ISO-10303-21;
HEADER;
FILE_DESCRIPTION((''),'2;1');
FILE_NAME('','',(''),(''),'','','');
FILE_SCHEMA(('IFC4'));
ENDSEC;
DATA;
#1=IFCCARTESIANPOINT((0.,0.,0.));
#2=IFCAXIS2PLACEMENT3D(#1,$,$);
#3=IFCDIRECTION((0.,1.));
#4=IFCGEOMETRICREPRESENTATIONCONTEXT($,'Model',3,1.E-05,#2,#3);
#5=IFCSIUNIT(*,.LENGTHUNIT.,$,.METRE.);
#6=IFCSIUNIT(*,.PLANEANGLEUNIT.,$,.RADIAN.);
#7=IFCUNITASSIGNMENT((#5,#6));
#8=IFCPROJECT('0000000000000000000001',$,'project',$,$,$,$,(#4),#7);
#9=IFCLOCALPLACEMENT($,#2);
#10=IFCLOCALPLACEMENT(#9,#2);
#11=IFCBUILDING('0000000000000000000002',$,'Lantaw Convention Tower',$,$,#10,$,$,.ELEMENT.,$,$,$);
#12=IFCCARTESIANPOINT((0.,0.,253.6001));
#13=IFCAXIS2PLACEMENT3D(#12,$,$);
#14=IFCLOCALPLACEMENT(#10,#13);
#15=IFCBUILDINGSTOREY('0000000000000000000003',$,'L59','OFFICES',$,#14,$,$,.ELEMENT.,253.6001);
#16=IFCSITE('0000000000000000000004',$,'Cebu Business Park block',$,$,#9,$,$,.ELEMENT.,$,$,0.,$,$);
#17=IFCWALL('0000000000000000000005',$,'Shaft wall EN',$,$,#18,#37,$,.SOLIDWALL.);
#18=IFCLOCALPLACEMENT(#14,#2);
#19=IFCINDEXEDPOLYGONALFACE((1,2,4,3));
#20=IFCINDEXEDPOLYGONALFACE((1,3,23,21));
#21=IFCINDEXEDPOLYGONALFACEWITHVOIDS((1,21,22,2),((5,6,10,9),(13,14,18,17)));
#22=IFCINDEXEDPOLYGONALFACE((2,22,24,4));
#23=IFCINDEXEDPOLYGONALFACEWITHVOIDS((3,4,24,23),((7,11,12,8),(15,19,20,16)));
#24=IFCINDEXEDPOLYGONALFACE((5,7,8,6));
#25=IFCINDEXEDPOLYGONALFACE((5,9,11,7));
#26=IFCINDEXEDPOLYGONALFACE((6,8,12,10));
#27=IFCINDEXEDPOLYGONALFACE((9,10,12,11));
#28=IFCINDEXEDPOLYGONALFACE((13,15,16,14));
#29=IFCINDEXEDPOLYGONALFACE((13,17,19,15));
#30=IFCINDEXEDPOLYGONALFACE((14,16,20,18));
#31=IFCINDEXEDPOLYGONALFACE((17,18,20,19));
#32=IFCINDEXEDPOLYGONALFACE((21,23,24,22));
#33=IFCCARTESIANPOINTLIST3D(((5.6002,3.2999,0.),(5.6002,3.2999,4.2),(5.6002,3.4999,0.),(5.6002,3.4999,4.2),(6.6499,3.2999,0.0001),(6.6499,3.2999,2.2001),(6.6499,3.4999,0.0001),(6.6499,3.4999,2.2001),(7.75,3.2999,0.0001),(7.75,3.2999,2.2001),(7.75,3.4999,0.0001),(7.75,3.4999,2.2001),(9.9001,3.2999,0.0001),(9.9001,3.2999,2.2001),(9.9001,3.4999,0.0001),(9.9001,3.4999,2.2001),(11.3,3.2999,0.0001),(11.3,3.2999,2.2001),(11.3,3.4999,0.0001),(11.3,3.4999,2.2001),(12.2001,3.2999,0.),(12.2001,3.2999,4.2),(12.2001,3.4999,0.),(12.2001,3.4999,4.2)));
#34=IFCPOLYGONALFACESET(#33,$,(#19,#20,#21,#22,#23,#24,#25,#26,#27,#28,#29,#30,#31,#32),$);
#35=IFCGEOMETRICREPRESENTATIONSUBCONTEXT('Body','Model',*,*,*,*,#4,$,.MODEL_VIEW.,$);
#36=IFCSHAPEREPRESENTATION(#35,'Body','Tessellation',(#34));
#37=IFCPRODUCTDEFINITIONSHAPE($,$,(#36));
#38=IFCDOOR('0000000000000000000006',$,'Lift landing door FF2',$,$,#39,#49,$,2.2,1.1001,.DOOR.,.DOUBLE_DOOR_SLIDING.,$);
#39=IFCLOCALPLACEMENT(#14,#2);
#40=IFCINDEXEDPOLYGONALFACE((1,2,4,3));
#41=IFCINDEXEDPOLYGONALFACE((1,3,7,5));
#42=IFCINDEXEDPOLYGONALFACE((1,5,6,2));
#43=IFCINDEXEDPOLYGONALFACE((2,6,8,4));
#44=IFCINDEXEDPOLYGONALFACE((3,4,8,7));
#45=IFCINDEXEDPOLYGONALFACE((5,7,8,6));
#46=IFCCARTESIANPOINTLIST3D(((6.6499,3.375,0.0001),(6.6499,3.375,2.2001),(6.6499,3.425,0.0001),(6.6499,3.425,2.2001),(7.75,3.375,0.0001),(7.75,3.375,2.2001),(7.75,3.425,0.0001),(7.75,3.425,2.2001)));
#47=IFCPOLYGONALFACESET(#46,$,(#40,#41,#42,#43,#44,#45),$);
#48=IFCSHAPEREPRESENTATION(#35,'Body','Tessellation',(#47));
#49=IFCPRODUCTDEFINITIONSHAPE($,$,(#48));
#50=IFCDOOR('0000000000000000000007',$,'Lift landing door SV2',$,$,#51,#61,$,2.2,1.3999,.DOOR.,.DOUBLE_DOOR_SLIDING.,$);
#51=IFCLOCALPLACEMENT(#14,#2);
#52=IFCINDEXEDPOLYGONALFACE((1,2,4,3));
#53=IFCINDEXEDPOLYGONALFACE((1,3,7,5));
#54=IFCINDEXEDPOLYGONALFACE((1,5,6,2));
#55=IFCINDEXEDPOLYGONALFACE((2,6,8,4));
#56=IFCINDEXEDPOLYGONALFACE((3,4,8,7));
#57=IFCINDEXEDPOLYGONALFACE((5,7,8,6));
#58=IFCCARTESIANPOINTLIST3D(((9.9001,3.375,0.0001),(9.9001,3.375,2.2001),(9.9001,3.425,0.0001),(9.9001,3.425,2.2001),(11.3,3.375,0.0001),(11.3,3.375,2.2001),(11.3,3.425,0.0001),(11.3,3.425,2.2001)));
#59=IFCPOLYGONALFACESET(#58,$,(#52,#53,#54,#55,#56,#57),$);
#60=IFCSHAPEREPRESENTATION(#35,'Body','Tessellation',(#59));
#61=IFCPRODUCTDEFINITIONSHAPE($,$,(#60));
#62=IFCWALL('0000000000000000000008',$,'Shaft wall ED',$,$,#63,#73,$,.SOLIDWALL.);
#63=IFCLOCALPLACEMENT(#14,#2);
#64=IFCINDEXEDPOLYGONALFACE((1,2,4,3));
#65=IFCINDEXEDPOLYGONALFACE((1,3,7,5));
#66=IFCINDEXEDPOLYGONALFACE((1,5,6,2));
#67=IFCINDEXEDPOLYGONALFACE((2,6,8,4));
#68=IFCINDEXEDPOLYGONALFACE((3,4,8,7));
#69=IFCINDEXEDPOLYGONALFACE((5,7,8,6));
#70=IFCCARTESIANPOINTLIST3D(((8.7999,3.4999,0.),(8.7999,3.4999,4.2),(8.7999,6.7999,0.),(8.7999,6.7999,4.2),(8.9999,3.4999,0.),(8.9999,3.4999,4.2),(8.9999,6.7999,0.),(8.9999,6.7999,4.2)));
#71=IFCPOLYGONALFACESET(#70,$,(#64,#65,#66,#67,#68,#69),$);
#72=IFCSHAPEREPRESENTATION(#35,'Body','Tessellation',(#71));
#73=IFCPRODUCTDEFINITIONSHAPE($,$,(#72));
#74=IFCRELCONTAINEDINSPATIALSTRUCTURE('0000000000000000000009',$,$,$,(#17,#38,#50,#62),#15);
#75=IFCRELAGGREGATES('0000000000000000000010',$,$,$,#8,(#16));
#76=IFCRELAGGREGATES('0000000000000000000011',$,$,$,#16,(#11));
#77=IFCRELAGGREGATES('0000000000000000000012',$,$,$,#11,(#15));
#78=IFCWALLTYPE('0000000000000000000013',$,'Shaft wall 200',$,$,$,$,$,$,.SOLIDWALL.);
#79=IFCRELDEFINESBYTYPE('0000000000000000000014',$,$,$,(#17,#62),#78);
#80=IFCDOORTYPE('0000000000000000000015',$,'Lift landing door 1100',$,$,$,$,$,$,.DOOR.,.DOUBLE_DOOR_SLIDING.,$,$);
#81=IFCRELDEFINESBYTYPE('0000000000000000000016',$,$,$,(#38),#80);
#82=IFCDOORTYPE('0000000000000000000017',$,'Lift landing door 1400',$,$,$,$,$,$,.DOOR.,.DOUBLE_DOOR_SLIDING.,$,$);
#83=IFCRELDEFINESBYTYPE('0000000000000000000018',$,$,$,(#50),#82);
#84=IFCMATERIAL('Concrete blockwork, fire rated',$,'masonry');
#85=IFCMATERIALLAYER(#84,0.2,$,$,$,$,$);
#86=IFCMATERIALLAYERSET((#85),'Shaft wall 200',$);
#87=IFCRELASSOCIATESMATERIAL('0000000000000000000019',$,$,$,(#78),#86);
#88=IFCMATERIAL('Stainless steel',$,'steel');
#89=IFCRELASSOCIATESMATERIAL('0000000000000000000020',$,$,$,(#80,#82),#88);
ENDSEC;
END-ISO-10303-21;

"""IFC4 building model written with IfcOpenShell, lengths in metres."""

from ifc_helpers import new_model, si_unit, direction, frame, frame_2d, origin, place, context, subcontext, project, spatial, rectangle, extrude, material, layer, layer_set, type_object, element, fill, save


model = new_model("IFC4")

# Units and contexts
model_context = context("Model", 3, precision=1e-05, world=origin(), true_north=direction((0.0, 1.0)))
body_context = subcontext(model_context, "Body", "Model", "MODEL_VIEW")
ifc_project = project(units=[si_unit("LENGTHUNIT", "METRE"), si_unit("PLANEANGLEUNIT", "RADIAN")], contexts=[model_context])

# Site, building, storey
site_placement = place(None, origin())
site = spatial("IfcSite", under=ifc_project, at=site_placement, Name="Cebu Business Park block", CompositionType="ELEMENT", RefElevation=0.0)
building_placement = place(site_placement, origin())
building = spatial("IfcBuilding", under=site, at=building_placement, Name="Lantaw Convention Tower", CompositionType="ELEMENT")
storey_placement = place(building_placement, frame((0.0, 0.0, 253.6001)))
storey = spatial("IfcBuildingStorey", under=building, at=storey_placement, Name="L59", Description="OFFICES", CompositionType="ELEMENT", Elevation=253.6001)

# Wall, openings, doors
ifc_material_1 = material(Name="Concrete blockwork, fire rated", Category="masonry")
ifc_layer_1 = layer(ifc_material_1, 0.2)
ifc_layer_set_1 = layer_set([ifc_layer_1], Name="Shaft wall 200")
wall_type_1 = type_object("IfcWallType", Name="Shaft wall 200", PredefinedType="SOLIDWALL", material=ifc_layer_set_1)
wall_1_placement = place(storey_placement, frame((12.2, 3.3999, 0.0), z_axis=(0.0, 0.0, 1.0), x_axis=(-1.0, 0.0, 0.0)))
wall_1 = element("IfcWall", 1, at=wall_1_placement, inside=storey, type_object=wall_type_1, Name="Shaft wall EN", PredefinedType="SOLIDWALL", context=body_context, shape_type="SweptSolid", body=[
    extrude(rectangle(XDim=6.5999, YDim=0.2, at=frame_2d((3.2998, 0.0))), origin(), (0.0, 0.0, 1.0), 4.2),
])
opening_1_placement = place(wall_1_placement, frame((4.45, 0.0, 0.0)))
opening_1 = element("IfcOpeningElement", 2, at=opening_1_placement, cuts=wall_1, PredefinedType="OPENING", context=body_context, shape_type="SweptSolid", body=[
    extrude(rectangle(XDim=1.1001, YDim=2.2, at=frame_2d((0.55, 1.1001))), frame((0.0, 0.1099, 0.0), z_axis=(0.0, -1.0, 0.0), x_axis=(1.0, 0.0, 0.0)), (0.0, 0.0, 1.0), 0.22),
])
opening_2_placement = place(wall_1_placement, frame((0.8999, 0.0, 0.0)))
opening_2 = element("IfcOpeningElement", 3, at=opening_2_placement, cuts=wall_1, PredefinedType="OPENING", context=body_context, shape_type="SweptSolid", body=[
    extrude(rectangle(XDim=1.3999, YDim=2.2, at=frame_2d((0.7, 1.1001))), frame((0.0, 0.1099, 0.0), z_axis=(0.0, -1.0, 0.0), x_axis=(1.0, 0.0, 0.0)), (0.0, 0.0, 1.0), 0.22),
])
ifc_material_2 = material(Name="Stainless steel", Category="steel")
door_type_1 = type_object("IfcDoorType", Name="Lift landing door 1100", OperationType="DOUBLE_DOOR_SLIDING", PredefinedType="DOOR", material=ifc_material_2)
door_1_placement = place(opening_1_placement, origin())
door_1 = element("IfcDoor", 4, at=door_1_placement, inside=storey, type_object=door_type_1, Name="Lift landing door FF2", OperationType="DOUBLE_DOOR_SLIDING", OverallHeight=2.2, OverallWidth=1.1001, PredefinedType="DOOR", context=body_context, shape_type="SweptSolid", body=[
    extrude(rectangle(XDim=1.1001, YDim=2.2, at=frame_2d((0.55, 1.1001))), frame((0.0, 0.0249, 0.0), z_axis=(0.0, -1.0, 0.0), x_axis=(1.0, 0.0, 0.0)), (0.0, 0.0, 1.0), 0.05),
])
fill(opening_1, door_1)
door_type_2 = type_object("IfcDoorType", Name="Lift landing door 1400", OperationType="DOUBLE_DOOR_SLIDING", PredefinedType="DOOR", material=ifc_material_2)
door_2_placement = place(opening_2_placement, origin())
door_2 = element("IfcDoor", 5, at=door_2_placement, inside=storey, type_object=door_type_2, Name="Lift landing door SV2", OperationType="DOUBLE_DOOR_SLIDING", OverallHeight=2.2, OverallWidth=1.3999, PredefinedType="DOOR", context=body_context, shape_type="SweptSolid", body=[
    extrude(rectangle(XDim=1.3999, YDim=2.2, at=frame_2d((0.7, 1.1001))), frame((0.0, 0.0249, 0.0), z_axis=(0.0, -1.0, 0.0), x_axis=(1.0, 0.0, 0.0)), (0.0, 0.0, 1.0), 0.05),
])
fill(opening_2, door_2)

# Wall
wall_2_placement = place(storey_placement, frame((8.8999, 3.5, 0.0), z_axis=(0.0, 0.0, 1.0), x_axis=(0.0, 1.0, 0.0)))
element("IfcWall", 6, at=wall_2_placement, inside=storey, type_object=wall_type_1, Name="Shaft wall ED", PredefinedType="SOLIDWALL", context=body_context, shape_type="SweptSolid", body=[
    extrude(rectangle(XDim=3.3, YDim=0.2, at=frame_2d((1.6499, 0.0))), origin(), (0.0, 0.0, 1.0), 4.2),
])

save(model, "model.ifc")
